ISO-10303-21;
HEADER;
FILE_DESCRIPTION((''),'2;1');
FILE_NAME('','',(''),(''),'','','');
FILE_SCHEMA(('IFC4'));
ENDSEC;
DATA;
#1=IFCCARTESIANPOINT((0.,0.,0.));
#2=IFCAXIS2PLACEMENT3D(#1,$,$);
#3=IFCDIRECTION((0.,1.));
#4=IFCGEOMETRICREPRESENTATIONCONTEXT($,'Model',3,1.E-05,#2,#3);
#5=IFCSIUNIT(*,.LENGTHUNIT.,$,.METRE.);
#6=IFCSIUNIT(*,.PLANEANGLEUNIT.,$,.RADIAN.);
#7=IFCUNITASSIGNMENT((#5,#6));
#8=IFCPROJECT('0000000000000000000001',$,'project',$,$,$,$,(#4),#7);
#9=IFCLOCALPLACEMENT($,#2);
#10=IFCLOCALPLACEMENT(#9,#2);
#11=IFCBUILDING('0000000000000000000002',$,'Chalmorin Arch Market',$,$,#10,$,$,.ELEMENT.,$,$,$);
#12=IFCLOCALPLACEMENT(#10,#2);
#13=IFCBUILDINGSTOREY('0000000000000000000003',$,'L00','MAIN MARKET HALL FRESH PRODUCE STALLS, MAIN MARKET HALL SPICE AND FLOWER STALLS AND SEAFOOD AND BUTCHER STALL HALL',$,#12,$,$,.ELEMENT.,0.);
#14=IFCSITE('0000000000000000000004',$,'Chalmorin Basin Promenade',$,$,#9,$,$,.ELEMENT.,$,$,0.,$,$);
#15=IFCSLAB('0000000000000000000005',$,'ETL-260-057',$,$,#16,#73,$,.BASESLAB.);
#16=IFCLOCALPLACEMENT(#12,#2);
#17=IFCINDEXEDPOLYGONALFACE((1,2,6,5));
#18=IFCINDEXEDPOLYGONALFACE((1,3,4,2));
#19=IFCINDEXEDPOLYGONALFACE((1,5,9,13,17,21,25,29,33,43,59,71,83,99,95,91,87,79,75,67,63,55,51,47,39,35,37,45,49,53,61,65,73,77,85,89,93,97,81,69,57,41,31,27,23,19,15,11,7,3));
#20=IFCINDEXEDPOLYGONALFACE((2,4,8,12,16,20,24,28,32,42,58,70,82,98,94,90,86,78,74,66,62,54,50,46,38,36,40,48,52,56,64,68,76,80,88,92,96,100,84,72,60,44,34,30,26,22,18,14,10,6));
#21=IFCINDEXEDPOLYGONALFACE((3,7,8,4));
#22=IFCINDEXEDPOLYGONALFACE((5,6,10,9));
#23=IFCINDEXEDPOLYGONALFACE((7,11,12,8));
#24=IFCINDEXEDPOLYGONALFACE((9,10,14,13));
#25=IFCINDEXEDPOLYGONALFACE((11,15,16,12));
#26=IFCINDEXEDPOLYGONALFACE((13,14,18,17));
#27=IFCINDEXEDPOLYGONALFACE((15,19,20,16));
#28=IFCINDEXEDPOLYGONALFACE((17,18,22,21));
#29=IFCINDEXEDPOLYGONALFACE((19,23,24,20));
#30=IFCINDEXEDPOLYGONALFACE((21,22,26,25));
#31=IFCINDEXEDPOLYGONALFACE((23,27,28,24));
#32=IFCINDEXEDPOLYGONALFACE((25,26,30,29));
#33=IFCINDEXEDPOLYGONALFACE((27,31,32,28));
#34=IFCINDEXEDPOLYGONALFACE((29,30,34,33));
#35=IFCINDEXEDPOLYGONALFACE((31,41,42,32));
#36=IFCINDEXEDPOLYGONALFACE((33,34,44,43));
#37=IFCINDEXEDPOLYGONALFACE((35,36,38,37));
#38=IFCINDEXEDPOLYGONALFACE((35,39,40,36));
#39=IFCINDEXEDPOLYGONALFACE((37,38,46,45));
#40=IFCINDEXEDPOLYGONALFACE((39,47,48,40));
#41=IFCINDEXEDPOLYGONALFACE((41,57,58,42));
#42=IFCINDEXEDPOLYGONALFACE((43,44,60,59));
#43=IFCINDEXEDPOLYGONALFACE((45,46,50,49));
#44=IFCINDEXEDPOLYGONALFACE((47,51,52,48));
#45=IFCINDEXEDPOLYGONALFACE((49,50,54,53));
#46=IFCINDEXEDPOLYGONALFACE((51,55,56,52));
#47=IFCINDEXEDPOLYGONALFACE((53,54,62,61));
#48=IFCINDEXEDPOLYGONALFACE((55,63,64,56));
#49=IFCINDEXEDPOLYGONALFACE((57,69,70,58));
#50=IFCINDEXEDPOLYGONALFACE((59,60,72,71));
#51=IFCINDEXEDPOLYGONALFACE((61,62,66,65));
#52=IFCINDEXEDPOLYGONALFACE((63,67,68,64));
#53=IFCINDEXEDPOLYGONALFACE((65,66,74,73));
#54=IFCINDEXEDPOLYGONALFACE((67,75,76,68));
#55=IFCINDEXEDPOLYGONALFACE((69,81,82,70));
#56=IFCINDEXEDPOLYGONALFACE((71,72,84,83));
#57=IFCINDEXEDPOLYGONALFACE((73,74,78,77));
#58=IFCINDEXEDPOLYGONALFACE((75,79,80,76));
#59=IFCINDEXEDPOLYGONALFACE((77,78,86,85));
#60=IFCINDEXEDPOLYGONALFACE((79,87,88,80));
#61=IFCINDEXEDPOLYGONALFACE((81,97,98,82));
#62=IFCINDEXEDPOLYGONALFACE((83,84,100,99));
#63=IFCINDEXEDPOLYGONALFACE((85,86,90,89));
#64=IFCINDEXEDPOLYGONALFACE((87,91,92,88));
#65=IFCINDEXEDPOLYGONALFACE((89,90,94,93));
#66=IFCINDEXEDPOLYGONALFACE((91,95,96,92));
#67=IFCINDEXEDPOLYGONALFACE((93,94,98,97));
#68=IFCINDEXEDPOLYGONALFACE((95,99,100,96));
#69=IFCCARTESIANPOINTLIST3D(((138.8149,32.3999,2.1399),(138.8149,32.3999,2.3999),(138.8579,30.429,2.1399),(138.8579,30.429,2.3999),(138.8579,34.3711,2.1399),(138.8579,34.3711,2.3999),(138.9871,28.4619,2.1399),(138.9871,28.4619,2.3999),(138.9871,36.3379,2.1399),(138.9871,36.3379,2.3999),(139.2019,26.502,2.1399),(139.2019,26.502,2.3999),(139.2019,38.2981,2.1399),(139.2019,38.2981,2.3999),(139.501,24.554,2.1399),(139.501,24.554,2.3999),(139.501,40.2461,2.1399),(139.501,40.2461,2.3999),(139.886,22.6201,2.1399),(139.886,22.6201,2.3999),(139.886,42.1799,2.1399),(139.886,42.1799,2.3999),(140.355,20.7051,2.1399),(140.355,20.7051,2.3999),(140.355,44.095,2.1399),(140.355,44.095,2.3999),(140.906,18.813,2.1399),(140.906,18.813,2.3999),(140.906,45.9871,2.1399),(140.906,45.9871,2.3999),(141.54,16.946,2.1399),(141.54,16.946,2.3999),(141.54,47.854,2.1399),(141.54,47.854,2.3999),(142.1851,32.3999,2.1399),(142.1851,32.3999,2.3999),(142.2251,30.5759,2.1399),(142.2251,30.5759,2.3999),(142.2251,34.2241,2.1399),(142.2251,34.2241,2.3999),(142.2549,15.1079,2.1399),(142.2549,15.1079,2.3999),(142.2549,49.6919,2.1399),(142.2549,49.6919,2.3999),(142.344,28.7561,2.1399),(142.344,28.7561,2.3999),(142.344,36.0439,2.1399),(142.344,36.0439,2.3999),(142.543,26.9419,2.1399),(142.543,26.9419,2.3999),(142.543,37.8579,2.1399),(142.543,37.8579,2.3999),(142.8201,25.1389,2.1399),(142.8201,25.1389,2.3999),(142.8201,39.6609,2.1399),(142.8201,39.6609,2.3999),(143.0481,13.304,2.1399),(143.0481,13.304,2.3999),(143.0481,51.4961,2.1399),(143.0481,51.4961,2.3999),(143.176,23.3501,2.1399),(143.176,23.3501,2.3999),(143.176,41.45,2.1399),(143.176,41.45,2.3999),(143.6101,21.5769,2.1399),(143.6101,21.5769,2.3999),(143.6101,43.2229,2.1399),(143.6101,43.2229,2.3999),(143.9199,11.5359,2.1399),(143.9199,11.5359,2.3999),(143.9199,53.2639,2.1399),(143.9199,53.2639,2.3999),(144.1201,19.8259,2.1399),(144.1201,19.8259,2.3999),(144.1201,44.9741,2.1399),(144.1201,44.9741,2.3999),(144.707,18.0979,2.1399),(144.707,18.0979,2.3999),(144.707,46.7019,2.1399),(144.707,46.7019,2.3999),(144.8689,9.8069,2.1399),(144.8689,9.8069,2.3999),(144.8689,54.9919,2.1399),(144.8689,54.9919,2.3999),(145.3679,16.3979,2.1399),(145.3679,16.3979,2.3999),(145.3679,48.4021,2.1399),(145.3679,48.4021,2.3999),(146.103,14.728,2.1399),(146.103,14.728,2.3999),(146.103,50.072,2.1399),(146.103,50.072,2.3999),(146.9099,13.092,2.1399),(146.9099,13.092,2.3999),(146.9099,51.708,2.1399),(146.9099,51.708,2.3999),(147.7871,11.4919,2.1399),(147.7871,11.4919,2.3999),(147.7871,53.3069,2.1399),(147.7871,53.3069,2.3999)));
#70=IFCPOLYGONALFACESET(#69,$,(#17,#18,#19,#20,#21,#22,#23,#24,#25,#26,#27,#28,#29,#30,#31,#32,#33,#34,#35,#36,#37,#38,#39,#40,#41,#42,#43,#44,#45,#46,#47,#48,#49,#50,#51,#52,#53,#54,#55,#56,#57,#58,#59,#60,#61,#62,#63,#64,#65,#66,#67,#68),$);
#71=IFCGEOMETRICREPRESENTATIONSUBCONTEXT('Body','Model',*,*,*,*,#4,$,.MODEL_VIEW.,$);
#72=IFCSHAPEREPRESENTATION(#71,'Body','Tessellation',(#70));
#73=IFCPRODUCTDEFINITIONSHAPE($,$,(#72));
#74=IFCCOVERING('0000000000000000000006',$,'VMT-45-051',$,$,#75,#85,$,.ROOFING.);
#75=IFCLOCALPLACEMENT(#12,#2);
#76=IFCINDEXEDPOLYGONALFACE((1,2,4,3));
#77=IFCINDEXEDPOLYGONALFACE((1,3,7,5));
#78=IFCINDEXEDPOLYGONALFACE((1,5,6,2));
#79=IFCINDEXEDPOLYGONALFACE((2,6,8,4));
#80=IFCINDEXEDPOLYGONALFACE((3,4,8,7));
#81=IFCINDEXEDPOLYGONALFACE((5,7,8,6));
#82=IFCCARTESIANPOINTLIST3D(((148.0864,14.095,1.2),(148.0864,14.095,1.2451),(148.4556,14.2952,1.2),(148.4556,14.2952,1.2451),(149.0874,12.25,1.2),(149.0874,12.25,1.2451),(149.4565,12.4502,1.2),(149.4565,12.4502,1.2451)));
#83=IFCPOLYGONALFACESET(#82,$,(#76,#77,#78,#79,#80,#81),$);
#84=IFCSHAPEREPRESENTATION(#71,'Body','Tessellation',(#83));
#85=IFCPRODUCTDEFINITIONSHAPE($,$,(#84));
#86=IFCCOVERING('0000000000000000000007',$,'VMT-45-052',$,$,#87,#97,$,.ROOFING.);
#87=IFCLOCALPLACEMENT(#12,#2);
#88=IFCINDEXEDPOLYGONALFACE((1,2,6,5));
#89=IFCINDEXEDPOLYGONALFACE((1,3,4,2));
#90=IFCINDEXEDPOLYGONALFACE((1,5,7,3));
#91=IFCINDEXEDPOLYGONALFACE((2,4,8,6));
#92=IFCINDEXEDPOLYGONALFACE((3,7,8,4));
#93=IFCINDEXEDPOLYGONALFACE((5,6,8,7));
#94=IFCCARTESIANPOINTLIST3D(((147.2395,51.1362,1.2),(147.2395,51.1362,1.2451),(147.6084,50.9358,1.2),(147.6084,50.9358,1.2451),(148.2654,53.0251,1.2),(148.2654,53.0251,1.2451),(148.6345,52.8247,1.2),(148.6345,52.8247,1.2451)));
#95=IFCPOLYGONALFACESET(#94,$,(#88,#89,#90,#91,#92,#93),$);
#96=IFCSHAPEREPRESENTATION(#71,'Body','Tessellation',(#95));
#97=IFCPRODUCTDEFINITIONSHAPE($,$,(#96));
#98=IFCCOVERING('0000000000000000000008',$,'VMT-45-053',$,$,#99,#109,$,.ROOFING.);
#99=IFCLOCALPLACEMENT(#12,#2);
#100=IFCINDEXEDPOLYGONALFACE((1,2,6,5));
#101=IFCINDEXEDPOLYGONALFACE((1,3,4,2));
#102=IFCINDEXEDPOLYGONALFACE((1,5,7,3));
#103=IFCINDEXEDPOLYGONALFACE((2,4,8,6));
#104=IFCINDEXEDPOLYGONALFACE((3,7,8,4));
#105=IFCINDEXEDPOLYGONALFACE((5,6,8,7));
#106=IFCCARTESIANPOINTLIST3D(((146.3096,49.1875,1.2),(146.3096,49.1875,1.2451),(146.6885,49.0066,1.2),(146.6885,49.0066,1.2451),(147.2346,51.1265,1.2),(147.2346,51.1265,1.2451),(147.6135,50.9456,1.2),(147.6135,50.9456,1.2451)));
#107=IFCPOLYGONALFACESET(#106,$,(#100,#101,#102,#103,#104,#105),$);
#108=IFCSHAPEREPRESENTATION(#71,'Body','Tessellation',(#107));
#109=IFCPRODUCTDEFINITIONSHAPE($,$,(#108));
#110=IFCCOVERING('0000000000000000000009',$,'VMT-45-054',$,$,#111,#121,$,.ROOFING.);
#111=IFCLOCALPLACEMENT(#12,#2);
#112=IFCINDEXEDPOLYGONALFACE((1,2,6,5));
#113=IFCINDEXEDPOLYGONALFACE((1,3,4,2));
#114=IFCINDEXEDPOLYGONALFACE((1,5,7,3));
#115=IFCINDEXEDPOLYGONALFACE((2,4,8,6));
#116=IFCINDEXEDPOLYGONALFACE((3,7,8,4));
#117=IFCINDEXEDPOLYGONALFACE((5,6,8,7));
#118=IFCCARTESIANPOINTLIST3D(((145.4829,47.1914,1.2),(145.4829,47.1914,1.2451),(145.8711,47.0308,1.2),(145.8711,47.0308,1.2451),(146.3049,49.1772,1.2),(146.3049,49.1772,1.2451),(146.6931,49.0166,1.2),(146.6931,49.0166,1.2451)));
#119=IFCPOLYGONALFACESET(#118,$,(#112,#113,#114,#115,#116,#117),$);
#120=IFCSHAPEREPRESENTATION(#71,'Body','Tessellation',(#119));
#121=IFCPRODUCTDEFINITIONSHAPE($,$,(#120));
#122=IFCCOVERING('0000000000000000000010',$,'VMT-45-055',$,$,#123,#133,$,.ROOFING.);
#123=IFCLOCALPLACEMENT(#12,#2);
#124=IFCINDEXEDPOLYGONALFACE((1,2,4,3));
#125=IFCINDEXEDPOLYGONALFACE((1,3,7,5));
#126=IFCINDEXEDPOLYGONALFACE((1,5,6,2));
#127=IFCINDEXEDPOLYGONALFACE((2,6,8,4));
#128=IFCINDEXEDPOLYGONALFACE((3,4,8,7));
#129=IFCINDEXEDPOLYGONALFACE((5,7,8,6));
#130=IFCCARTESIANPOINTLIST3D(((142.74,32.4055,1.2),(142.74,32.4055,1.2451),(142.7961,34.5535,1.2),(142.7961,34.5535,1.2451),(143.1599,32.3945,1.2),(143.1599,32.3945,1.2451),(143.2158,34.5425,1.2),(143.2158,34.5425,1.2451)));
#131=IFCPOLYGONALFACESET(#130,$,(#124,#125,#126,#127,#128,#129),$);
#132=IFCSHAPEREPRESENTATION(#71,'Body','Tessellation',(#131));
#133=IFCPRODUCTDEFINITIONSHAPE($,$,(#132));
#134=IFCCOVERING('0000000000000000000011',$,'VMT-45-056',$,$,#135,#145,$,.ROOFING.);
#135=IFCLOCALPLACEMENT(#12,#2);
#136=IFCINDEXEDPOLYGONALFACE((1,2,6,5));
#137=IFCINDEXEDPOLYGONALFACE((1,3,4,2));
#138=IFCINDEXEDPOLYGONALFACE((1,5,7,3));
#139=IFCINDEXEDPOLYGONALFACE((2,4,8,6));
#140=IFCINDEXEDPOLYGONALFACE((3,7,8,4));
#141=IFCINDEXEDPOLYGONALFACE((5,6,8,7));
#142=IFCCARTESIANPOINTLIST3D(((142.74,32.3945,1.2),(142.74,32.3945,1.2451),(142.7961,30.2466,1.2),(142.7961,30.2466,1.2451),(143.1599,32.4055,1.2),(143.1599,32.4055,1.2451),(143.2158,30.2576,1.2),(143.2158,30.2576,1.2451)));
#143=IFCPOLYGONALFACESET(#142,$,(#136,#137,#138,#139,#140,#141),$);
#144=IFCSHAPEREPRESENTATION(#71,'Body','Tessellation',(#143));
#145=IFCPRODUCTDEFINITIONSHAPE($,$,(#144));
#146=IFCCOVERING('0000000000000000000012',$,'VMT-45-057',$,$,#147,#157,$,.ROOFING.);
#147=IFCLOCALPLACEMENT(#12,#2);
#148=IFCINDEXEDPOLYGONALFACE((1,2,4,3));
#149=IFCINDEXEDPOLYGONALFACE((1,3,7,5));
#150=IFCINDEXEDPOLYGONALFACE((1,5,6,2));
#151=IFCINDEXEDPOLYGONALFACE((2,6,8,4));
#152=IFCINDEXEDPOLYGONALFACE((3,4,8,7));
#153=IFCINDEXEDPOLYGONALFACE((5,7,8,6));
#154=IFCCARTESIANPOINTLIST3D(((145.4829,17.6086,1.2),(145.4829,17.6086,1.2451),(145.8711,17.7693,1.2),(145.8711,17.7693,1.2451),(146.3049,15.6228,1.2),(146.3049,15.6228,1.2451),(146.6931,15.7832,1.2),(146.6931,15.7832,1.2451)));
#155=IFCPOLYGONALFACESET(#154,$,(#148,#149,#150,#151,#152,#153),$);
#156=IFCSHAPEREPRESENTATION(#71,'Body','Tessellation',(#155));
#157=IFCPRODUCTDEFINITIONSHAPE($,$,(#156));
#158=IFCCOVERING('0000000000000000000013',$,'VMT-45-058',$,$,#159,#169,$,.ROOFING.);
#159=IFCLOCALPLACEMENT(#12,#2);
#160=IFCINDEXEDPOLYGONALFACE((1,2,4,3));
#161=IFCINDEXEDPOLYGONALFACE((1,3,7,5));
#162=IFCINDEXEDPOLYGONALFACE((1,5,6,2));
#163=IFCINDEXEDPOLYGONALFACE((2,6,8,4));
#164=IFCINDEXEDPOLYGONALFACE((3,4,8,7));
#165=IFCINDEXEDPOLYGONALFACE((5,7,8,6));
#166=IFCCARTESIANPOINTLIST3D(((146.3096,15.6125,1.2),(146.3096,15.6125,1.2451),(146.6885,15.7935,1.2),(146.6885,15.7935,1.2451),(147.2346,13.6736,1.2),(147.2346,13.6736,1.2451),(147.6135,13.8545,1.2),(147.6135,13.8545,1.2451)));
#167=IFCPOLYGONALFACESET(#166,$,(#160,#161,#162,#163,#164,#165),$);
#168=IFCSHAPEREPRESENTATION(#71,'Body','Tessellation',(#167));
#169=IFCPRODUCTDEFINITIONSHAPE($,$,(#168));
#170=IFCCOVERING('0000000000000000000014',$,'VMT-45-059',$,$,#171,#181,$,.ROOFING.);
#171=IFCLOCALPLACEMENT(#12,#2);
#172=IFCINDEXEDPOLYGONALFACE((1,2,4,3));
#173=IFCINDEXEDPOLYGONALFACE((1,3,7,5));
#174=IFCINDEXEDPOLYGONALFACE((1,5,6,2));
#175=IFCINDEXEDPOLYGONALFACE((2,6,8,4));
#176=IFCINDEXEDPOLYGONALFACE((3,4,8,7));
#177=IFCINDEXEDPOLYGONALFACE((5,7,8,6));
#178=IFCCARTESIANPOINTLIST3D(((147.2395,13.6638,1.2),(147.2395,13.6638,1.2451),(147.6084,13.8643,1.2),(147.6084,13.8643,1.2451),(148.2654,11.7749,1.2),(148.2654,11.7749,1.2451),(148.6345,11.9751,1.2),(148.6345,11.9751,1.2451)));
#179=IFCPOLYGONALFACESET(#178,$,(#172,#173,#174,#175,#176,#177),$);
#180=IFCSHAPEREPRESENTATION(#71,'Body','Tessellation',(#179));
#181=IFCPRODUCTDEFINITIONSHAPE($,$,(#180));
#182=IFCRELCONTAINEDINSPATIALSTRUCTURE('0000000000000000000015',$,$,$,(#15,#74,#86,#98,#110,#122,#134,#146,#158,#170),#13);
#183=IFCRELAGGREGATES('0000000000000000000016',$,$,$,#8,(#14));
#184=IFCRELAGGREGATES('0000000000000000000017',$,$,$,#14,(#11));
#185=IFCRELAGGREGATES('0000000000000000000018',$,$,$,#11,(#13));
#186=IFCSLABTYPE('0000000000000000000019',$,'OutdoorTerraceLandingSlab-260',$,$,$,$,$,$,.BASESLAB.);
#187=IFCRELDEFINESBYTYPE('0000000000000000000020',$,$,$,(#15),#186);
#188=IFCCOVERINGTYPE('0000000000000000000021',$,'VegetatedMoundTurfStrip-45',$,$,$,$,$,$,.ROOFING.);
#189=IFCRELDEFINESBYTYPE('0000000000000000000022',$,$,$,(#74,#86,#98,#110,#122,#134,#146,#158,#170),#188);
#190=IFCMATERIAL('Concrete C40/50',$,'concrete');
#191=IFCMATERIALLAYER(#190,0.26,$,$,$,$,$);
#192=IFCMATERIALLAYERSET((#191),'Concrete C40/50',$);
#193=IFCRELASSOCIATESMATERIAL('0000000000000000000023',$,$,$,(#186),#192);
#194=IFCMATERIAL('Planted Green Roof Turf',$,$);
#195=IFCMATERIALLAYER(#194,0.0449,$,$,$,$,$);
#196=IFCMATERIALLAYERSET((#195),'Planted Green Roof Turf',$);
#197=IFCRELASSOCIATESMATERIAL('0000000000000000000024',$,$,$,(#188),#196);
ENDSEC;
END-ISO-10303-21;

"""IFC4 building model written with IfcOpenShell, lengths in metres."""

from ifc_helpers import new_model, si_unit, direction, frame, origin, place, context, subcontext, project, spatial, polyline, outline, extrude, material, layer, layer_set, type_object, element, save


model = new_model("IFC4")

# Units and contexts
model_context = context("Model", 3, precision=1e-05, world=origin(), true_north=direction((0.0, 1.0)))
body_context = subcontext(model_context, "Body", "Model", "MODEL_VIEW")
ifc_project = project(units=[si_unit("LENGTHUNIT", "METRE"), si_unit("PLANEANGLEUNIT", "RADIAN")], contexts=[model_context])

# Site, building, storey
site_placement = place(None, origin())
site = spatial("IfcSite", under=ifc_project, at=site_placement, Name="Chalmorin Basin Promenade", CompositionType="ELEMENT", RefElevation=0.0)
building_placement = place(site_placement, origin())
building = spatial("IfcBuilding", under=site, at=building_placement, Name="Chalmorin Arch Market", CompositionType="ELEMENT")
storey_placement = place(building_placement, origin())
storey = spatial("IfcBuildingStorey", under=building, at=storey_placement, Name="L00", Description="MAIN MARKET HALL FRESH PRODUCE STALLS, MAIN MARKET HALL SPICE AND FLOWER STALLS AND SEAFOOD AND BUTCHER STALL HALL", CompositionType="ELEMENT", Elevation=0.0)

# Slab
ifc_material_1 = material(Name="Concrete C40/50", Category="concrete")
ifc_layer_1 = layer(ifc_material_1, 0.26)
ifc_layer_set_1 = layer_set([ifc_layer_1], Name="Concrete C40/50")
slab_type = type_object("IfcSlabType", Name="OutdoorTerraceLandingSlab-260", PredefinedType="BASESLAB", material=ifc_layer_set_1)
slab_placement = place(storey_placement, frame((0.0, 0.0, 2.1399)))
element("IfcSlab", 1, at=slab_placement, inside=storey, type_object=slab_type, Name="ETL-260-057", PredefinedType="BASESLAB", context=body_context, shape_type="SweptSolid", body=[
    extrude(outline(polyline([(144.8689, 54.9919), (143.9199, 53.2639), (143.0481, 51.4961), (142.2549, 49.6919), (141.54, 47.854), (140.906, 45.9871), (140.355, 44.095), (139.886, 42.1799), (139.501, 40.2461), (139.2019, 38.2981), (138.9871, 36.3379), (138.8579, 34.3711), (138.8149, 32.3999), (138.8579, 30.429), (138.9871, 28.4619), (139.2019, 26.502), (139.501, 24.554), (139.886, 22.6201), (140.355, 20.7051), (140.906, 18.813), (141.54, 16.946), (142.2549, 15.1079), (143.0481, 13.304), (143.9199, 11.5359), (144.8689, 9.8069), (147.7871, 11.4919), (146.9099, 13.092), (146.103, 14.728), (145.3679, 16.3979), (144.707, 18.0979), (144.1201, 19.8259), (143.6101, 21.5769), (143.176, 23.3501), (142.8201, 25.1389), (142.543, 26.9419), (142.344, 28.7561), (142.2251, 30.5759), (142.1851, 32.3999), (142.2251, 34.2241), (142.344, 36.0439), (142.543, 37.8579), (142.8201, 39.6609), (143.176, 41.45), (143.6101, 43.2229), (144.1201, 44.9741), (144.707, 46.7019), (145.3679, 48.4021), (146.103, 50.072), (146.9099, 51.708), (147.7871, 53.3069), (144.8689, 54.9919)])), origin(), (0.0, 0.0, 1.0), 0.26),
])

# Coverings
ifc_material_2 = material(Name="Planted Green Roof Turf")
ifc_layer_2 = layer(ifc_material_2, 0.0449)
ifc_layer_set_2 = layer_set([ifc_layer_2], Name="Planted Green Roof Turf")
covering_type = type_object("IfcCoveringType", Name="VegetatedMoundTurfStrip-45", PredefinedType="ROOFING", material=ifc_layer_set_2)
covering_1_placement = place(storey_placement, frame((0.0, 0.0, 1.2)))
element("IfcCovering", 2, at=covering_1_placement, inside=storey, type_object=covering_type, Name="VMT-45-051", PredefinedType="ROOFING", context=body_context, shape_type="SweptSolid", body=[
    extrude(outline(polyline([(148.0864, 14.095), (149.0874, 12.25), (149.4565, 12.4502), (148.4556, 14.2952), (148.0864, 14.095)])), origin(), (0.0, 0.0, 1.0), 0.0452),
])
covering_2_placement = place(storey_placement, frame((0.0, 0.0, 1.2)))
element("IfcCovering", 3, at=covering_2_placement, inside=storey, type_object=covering_type, Name="VMT-45-052", PredefinedType="ROOFING", context=body_context, shape_type="SweptSolid", body=[
    extrude(outline(polyline([(148.2654, 53.0251), (147.2395, 51.1362), (147.6084, 50.9358), (148.6345, 52.8247), (148.2654, 53.0251)])), origin(), (0.0, 0.0, 1.0), 0.0452),
])
covering_3_placement = place(storey_placement, frame((0.0, 0.0, 1.2)))
element("IfcCovering", 4, at=covering_3_placement, inside=storey, type_object=covering_type, Name="VMT-45-053", PredefinedType="ROOFING", context=body_context, shape_type="SweptSolid", body=[
    extrude(outline(polyline([(147.2346, 51.1265), (146.3096, 49.1875), (146.6885, 49.0066), (147.6135, 50.9456), (147.2346, 51.1265)])), origin(), (0.0, 0.0, 1.0), 0.0452),
])
covering_4_placement = place(storey_placement, frame((0.0, 0.0, 1.2)))
element("IfcCovering", 5, at=covering_4_placement, inside=storey, type_object=covering_type, Name="VMT-45-054", PredefinedType="ROOFING", context=body_context, shape_type="SweptSolid", body=[
    extrude(outline(polyline([(146.3049, 49.1772), (145.4829, 47.1914), (145.8711, 47.0308), (146.6931, 49.0166), (146.3049, 49.1772)])), origin(), (0.0, 0.0, 1.0), 0.0452),
])
covering_5_placement = place(storey_placement, frame((0.0, 0.0, 1.2)))
element("IfcCovering", 6, at=covering_5_placement, inside=storey, type_object=covering_type, Name="VMT-45-055", PredefinedType="ROOFING", context=body_context, shape_type="SweptSolid", body=[
    extrude(outline(polyline([(142.7961, 34.5535), (142.74, 32.4055), (143.1599, 32.3945), (143.2158, 34.5425), (142.7961, 34.5535)])), origin(), (0.0, 0.0, 1.0), 0.0452),
])
covering_6_placement = place(storey_placement, frame((0.0, 0.0, 1.2)))
element("IfcCovering", 7, at=covering_6_placement, inside=storey, type_object=covering_type, Name="VMT-45-056", PredefinedType="ROOFING", context=body_context, shape_type="SweptSolid", body=[
    extrude(outline(polyline([(142.74, 32.3945), (142.7961, 30.2466), (143.2158, 30.2576), (143.1599, 32.4055), (142.74, 32.3945)])), origin(), (0.0, 0.0, 1.0), 0.0452),
])
covering_7_placement = place(storey_placement, frame((0.0, 0.0, 1.2)))
element("IfcCovering", 8, at=covering_7_placement, inside=storey, type_object=covering_type, Name="VMT-45-057", PredefinedType="ROOFING", context=body_context, shape_type="SweptSolid", body=[
    extrude(outline(polyline([(145.4829, 17.6086), (146.3049, 15.6228), (146.6931, 15.7832), (145.8711, 17.7693), (145.4829, 17.6086)])), origin(), (0.0, 0.0, 1.0), 0.0452),
])
covering_8_placement = place(storey_placement, frame((0.0, 0.0, 1.2)))
element("IfcCovering", 9, at=covering_8_placement, inside=storey, type_object=covering_type, Name="VMT-45-058", PredefinedType="ROOFING", context=body_context, shape_type="SweptSolid", body=[
    extrude(outline(polyline([(146.3096, 15.6125), (147.2346, 13.6736), (147.6135, 13.8545), (146.6885, 15.7935), (146.3096, 15.6125)])), origin(), (0.0, 0.0, 1.0), 0.0452),
])
covering_9_placement = place(storey_placement, frame((0.0, 0.0, 1.2)))
element("IfcCovering", 10, at=covering_9_placement, inside=storey, type_object=covering_type, Name="VMT-45-059", PredefinedType="ROOFING", context=body_context, shape_type="SweptSolid", body=[
    extrude(outline(polyline([(147.2395, 13.6638), (148.2654, 11.7749), (148.6345, 11.9751), (147.6084, 13.8643), (147.2395, 13.6638)])), origin(), (0.0, 0.0, 1.0), 0.0452),
])

save(model, "model.ifc")
